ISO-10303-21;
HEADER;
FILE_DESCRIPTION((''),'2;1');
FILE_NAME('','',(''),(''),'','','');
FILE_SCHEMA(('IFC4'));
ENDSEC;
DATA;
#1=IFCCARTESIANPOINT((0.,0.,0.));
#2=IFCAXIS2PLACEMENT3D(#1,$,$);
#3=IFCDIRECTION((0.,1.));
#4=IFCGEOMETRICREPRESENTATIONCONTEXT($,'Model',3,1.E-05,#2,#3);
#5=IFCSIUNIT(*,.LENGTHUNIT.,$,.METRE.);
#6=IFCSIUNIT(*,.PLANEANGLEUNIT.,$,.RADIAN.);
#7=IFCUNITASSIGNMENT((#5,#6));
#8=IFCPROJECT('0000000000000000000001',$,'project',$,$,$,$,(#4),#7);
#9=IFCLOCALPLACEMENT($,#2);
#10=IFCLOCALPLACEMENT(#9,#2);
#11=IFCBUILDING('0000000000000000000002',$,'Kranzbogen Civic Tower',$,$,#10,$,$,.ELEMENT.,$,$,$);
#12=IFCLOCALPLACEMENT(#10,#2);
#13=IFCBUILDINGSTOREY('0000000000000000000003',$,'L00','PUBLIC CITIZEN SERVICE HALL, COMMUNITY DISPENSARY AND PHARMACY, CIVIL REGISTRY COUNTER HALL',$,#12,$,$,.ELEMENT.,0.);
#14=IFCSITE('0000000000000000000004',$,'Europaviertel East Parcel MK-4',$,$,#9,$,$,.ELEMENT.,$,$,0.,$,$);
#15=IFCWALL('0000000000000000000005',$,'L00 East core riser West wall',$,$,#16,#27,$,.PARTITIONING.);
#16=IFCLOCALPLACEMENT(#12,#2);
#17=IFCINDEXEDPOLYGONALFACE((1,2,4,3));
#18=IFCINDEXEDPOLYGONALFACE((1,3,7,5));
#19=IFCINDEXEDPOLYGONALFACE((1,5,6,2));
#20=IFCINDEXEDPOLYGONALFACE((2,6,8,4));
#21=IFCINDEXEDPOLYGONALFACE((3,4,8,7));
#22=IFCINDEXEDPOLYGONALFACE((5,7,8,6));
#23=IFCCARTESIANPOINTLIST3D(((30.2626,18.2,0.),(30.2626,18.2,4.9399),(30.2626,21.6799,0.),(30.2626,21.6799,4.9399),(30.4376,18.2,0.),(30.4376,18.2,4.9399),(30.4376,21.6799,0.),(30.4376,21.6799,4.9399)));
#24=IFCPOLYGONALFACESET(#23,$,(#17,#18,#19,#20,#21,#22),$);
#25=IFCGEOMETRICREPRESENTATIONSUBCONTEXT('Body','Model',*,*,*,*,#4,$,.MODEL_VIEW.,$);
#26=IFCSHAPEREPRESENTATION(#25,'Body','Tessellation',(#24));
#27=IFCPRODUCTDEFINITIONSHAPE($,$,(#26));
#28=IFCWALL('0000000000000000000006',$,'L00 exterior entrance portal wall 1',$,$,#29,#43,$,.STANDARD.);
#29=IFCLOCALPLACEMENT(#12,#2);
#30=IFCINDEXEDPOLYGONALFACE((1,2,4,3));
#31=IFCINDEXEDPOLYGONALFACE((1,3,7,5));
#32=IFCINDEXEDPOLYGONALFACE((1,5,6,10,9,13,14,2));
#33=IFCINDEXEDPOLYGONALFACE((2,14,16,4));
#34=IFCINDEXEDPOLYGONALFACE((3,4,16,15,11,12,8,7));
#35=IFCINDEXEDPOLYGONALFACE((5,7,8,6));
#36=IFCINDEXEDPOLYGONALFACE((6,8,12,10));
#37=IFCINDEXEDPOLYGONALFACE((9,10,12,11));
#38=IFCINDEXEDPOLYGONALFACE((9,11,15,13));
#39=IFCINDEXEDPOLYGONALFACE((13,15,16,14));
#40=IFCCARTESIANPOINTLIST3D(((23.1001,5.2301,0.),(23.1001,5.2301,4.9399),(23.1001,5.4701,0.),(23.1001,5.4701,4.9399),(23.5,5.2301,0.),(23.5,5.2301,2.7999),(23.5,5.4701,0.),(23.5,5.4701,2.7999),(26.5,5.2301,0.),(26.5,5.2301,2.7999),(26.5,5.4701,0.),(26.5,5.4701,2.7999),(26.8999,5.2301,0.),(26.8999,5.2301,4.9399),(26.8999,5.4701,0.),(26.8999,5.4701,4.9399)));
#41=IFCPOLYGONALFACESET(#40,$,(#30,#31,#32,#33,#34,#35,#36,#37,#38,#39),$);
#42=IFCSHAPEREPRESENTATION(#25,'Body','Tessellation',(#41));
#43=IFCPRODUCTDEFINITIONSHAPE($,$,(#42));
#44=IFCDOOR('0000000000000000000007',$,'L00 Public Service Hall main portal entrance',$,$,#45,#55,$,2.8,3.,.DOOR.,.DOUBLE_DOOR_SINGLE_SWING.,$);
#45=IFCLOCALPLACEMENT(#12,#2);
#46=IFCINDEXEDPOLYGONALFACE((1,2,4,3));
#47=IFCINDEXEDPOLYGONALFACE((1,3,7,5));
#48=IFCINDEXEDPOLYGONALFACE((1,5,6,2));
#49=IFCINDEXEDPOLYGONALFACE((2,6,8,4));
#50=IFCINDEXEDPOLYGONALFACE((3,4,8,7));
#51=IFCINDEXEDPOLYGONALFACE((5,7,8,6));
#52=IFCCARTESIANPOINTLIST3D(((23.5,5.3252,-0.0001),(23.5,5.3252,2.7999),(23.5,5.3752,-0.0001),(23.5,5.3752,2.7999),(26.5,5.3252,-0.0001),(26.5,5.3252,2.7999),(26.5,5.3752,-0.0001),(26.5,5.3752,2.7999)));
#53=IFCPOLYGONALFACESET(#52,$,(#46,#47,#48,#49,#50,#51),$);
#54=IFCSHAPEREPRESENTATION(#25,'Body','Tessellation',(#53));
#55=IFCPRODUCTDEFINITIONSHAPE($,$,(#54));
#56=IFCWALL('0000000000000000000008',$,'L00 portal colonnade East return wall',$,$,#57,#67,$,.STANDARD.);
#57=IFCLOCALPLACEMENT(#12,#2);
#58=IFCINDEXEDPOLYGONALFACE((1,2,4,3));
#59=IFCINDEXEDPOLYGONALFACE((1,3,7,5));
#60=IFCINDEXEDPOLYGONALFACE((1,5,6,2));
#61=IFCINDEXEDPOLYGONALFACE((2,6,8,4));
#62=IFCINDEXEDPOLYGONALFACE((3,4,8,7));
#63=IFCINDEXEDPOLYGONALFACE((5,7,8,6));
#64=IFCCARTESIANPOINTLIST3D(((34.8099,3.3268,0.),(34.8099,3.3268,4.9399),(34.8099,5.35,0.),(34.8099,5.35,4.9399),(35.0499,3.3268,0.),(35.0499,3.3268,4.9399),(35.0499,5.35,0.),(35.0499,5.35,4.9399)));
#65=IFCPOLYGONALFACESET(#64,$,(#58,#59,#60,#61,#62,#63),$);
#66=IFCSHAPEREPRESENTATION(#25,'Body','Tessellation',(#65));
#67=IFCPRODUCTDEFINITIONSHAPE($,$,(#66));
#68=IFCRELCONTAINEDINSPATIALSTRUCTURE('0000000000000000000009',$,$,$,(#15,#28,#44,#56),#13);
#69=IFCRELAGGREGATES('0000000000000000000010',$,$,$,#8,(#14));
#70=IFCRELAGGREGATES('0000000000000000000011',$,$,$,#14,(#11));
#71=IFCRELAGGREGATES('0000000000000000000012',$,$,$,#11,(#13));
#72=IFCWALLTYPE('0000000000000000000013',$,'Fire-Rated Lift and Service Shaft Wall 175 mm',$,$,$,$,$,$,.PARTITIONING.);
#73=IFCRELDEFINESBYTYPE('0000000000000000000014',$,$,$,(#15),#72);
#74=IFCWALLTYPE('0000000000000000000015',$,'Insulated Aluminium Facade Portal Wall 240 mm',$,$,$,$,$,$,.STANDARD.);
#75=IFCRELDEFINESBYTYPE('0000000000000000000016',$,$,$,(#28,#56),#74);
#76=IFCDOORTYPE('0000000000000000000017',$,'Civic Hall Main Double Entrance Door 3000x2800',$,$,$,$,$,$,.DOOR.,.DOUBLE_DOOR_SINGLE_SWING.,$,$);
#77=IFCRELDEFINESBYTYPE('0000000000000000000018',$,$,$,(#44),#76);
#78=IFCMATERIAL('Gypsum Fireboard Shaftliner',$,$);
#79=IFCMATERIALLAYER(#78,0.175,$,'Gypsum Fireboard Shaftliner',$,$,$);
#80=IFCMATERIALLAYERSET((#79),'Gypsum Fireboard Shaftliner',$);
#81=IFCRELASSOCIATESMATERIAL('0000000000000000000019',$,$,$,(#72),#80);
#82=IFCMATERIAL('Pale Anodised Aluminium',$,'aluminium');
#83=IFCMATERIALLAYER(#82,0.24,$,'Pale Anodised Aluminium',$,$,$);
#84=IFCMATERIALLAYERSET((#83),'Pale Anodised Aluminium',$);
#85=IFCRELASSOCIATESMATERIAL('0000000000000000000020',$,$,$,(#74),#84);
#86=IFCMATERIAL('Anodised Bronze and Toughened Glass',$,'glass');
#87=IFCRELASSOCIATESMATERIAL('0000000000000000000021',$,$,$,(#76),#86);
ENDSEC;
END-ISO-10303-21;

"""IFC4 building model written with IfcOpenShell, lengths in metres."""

from ifc_helpers import new_model, si_unit, direction, frame, frame_2d, origin, place, context, subcontext, project, spatial, rectangle, extrude, material, layer, layer_set, type_object, element, fill, save


model = new_model("IFC4")

# Units and contexts
model_context = context("Model", 3, precision=1e-05, world=origin(), true_north=direction((0.0, 1.0)))
body_context = subcontext(model_context, "Body", "Model", "MODEL_VIEW")
ifc_project = project(units=[si_unit("LENGTHUNIT", "METRE"), si_unit("PLANEANGLEUNIT", "RADIAN")], contexts=[model_context])

# Site, building, storey
site_placement = place(None, origin())
site = spatial("IfcSite", under=ifc_project, at=site_placement, Name="Europaviertel East Parcel MK-4", CompositionType="ELEMENT", RefElevation=0.0)
building_placement = place(site_placement, origin())
building = spatial("IfcBuilding", under=site, at=building_placement, Name="Kranzbogen Civic Tower", CompositionType="ELEMENT")
storey_placement = place(building_placement, origin())
storey = spatial("IfcBuildingStorey", under=building, at=storey_placement, Name="L00", Description="PUBLIC CITIZEN SERVICE HALL, COMMUNITY DISPENSARY AND PHARMACY, CIVIL REGISTRY COUNTER HALL", CompositionType="ELEMENT", Elevation=0.0)

# Shared definitions
ifc_material_1 = material(Name="Pale Anodised Aluminium", Category="aluminium")

# Wall
ifc_material_2 = material(Name="Gypsum Fireboard Shaftliner")
ifc_layer_1 = layer(ifc_material_2, 0.175, Name="Gypsum Fireboard Shaftliner")
ifc_layer_set_1 = layer_set([ifc_layer_1], Name="Gypsum Fireboard Shaftliner")
wall_type_1 = type_object("IfcWallType", Name="Fire-Rated Lift and Service Shaft Wall 175 mm", PredefinedType="PARTITIONING", material=ifc_layer_set_1)
wall_1_placement = place(storey_placement, frame((30.3501, 18.2, 0.0), z_axis=(0.0, 0.0, 1.0), x_axis=(0.0, 1.0, 0.0)))
element("IfcWall", 1, at=wall_1_placement, inside=storey, type_object=wall_type_1, Name="L00 East core riser West wall", PredefinedType="PARTITIONING", context=body_context, shape_type="SweptSolid", body=[
    extrude(rectangle(XDim=3.48, YDim=0.175, at=frame_2d((1.74, 0.0))), origin(), (0.0, 0.0, 1.0), 4.9399),
])

# Wall, opening, door
ifc_layer_2 = layer(ifc_material_1, 0.24, Name="Pale Anodised Aluminium")
ifc_layer_set_2 = layer_set([ifc_layer_2], Name="Pale Anodised Aluminium")
wall_type_2 = type_object("IfcWallType", Name="Insulated Aluminium Facade Portal Wall 240 mm", PredefinedType="STANDARD", material=ifc_layer_set_2)
wall_2_placement = place(storey_placement, frame((23.1001, 5.3501, 0.0), z_axis=(0.0, 0.0, 1.0), x_axis=(1.0, 0.0, 0.0)))
wall_2 = element("IfcWall", 2, at=wall_2_placement, inside=storey, type_object=wall_type_2, Name="L00 exterior entrance portal wall 1", PredefinedType="STANDARD", context=body_context, shape_type="SweptSolid", body=[
    extrude(rectangle(XDim=3.7998, YDim=0.24, at=frame_2d((1.8999, 0.0))), origin(), (0.0, 0.0, 1.0), 4.9399),
])
opening_placement = place(wall_2_placement, frame((0.3999, 0.0, 0.0)))
opening = element("IfcOpeningElement", 3, at=opening_placement, cuts=wall_2, PredefinedType="OPENING", context=body_context, shape_type="SweptSolid", body=[
    extrude(rectangle(XDim=3.0, YDim=2.8, at=frame_2d((1.5, 1.3999))), frame((0.0, 0.1299, 0.0), z_axis=(0.0, -1.0, 0.0), x_axis=(1.0, 0.0, 0.0)), (0.0, 0.0, 1.0), 0.26),
])
ifc_material_3 = material(Name="Anodised Bronze and Toughened Glass", Category="glass")
door_type = type_object("IfcDoorType", Name="Civic Hall Main Double Entrance Door 3000x2800", OperationType="DOUBLE_DOOR_SINGLE_SWING", PredefinedType="DOOR", material=ifc_material_3)
door_placement = place(opening_placement, frame((3.0, 0.0, 0.0), z_axis=(0.0, 0.0, 1.0), x_axis=(-1.0, 0.0, 0.0)))
door = element("IfcDoor", 4, at=door_placement, inside=storey, type_object=door_type, Name="L00 Public Service Hall main portal entrance", OperationType="DOUBLE_DOOR_SINGLE_SWING", OverallHeight=2.8, OverallWidth=3.0, PredefinedType="DOOR", context=body_context, shape_type="SweptSolid", body=[
    extrude(rectangle(XDim=3.0, YDim=2.8, at=frame_2d((1.5, 1.3999))), frame((0.0, 0.0249, 0.0), z_axis=(0.0, -1.0, 0.0), x_axis=(1.0, 0.0, 0.0)), (0.0, 0.0, 1.0), 0.05),
])
fill(opening, door)

# Wall
wall_3_placement = place(storey_placement, frame((34.9299, 5.3501, 0.0), z_axis=(0.0, 0.0, 1.0), x_axis=(0.0, -1.0, 0.0)))
element("IfcWall", 5, at=wall_3_placement, inside=storey, type_object=wall_type_2, Name="L00 portal colonnade East return wall", PredefinedType="STANDARD", context=body_context, shape_type="SweptSolid", body=[
    extrude(rectangle(XDim=2.0232, YDim=0.24, at=frame_2d((1.0117, 0.0))), origin(), (0.0, 0.0, 1.0), 4.9399),
])

save(model, "model.ifc")
